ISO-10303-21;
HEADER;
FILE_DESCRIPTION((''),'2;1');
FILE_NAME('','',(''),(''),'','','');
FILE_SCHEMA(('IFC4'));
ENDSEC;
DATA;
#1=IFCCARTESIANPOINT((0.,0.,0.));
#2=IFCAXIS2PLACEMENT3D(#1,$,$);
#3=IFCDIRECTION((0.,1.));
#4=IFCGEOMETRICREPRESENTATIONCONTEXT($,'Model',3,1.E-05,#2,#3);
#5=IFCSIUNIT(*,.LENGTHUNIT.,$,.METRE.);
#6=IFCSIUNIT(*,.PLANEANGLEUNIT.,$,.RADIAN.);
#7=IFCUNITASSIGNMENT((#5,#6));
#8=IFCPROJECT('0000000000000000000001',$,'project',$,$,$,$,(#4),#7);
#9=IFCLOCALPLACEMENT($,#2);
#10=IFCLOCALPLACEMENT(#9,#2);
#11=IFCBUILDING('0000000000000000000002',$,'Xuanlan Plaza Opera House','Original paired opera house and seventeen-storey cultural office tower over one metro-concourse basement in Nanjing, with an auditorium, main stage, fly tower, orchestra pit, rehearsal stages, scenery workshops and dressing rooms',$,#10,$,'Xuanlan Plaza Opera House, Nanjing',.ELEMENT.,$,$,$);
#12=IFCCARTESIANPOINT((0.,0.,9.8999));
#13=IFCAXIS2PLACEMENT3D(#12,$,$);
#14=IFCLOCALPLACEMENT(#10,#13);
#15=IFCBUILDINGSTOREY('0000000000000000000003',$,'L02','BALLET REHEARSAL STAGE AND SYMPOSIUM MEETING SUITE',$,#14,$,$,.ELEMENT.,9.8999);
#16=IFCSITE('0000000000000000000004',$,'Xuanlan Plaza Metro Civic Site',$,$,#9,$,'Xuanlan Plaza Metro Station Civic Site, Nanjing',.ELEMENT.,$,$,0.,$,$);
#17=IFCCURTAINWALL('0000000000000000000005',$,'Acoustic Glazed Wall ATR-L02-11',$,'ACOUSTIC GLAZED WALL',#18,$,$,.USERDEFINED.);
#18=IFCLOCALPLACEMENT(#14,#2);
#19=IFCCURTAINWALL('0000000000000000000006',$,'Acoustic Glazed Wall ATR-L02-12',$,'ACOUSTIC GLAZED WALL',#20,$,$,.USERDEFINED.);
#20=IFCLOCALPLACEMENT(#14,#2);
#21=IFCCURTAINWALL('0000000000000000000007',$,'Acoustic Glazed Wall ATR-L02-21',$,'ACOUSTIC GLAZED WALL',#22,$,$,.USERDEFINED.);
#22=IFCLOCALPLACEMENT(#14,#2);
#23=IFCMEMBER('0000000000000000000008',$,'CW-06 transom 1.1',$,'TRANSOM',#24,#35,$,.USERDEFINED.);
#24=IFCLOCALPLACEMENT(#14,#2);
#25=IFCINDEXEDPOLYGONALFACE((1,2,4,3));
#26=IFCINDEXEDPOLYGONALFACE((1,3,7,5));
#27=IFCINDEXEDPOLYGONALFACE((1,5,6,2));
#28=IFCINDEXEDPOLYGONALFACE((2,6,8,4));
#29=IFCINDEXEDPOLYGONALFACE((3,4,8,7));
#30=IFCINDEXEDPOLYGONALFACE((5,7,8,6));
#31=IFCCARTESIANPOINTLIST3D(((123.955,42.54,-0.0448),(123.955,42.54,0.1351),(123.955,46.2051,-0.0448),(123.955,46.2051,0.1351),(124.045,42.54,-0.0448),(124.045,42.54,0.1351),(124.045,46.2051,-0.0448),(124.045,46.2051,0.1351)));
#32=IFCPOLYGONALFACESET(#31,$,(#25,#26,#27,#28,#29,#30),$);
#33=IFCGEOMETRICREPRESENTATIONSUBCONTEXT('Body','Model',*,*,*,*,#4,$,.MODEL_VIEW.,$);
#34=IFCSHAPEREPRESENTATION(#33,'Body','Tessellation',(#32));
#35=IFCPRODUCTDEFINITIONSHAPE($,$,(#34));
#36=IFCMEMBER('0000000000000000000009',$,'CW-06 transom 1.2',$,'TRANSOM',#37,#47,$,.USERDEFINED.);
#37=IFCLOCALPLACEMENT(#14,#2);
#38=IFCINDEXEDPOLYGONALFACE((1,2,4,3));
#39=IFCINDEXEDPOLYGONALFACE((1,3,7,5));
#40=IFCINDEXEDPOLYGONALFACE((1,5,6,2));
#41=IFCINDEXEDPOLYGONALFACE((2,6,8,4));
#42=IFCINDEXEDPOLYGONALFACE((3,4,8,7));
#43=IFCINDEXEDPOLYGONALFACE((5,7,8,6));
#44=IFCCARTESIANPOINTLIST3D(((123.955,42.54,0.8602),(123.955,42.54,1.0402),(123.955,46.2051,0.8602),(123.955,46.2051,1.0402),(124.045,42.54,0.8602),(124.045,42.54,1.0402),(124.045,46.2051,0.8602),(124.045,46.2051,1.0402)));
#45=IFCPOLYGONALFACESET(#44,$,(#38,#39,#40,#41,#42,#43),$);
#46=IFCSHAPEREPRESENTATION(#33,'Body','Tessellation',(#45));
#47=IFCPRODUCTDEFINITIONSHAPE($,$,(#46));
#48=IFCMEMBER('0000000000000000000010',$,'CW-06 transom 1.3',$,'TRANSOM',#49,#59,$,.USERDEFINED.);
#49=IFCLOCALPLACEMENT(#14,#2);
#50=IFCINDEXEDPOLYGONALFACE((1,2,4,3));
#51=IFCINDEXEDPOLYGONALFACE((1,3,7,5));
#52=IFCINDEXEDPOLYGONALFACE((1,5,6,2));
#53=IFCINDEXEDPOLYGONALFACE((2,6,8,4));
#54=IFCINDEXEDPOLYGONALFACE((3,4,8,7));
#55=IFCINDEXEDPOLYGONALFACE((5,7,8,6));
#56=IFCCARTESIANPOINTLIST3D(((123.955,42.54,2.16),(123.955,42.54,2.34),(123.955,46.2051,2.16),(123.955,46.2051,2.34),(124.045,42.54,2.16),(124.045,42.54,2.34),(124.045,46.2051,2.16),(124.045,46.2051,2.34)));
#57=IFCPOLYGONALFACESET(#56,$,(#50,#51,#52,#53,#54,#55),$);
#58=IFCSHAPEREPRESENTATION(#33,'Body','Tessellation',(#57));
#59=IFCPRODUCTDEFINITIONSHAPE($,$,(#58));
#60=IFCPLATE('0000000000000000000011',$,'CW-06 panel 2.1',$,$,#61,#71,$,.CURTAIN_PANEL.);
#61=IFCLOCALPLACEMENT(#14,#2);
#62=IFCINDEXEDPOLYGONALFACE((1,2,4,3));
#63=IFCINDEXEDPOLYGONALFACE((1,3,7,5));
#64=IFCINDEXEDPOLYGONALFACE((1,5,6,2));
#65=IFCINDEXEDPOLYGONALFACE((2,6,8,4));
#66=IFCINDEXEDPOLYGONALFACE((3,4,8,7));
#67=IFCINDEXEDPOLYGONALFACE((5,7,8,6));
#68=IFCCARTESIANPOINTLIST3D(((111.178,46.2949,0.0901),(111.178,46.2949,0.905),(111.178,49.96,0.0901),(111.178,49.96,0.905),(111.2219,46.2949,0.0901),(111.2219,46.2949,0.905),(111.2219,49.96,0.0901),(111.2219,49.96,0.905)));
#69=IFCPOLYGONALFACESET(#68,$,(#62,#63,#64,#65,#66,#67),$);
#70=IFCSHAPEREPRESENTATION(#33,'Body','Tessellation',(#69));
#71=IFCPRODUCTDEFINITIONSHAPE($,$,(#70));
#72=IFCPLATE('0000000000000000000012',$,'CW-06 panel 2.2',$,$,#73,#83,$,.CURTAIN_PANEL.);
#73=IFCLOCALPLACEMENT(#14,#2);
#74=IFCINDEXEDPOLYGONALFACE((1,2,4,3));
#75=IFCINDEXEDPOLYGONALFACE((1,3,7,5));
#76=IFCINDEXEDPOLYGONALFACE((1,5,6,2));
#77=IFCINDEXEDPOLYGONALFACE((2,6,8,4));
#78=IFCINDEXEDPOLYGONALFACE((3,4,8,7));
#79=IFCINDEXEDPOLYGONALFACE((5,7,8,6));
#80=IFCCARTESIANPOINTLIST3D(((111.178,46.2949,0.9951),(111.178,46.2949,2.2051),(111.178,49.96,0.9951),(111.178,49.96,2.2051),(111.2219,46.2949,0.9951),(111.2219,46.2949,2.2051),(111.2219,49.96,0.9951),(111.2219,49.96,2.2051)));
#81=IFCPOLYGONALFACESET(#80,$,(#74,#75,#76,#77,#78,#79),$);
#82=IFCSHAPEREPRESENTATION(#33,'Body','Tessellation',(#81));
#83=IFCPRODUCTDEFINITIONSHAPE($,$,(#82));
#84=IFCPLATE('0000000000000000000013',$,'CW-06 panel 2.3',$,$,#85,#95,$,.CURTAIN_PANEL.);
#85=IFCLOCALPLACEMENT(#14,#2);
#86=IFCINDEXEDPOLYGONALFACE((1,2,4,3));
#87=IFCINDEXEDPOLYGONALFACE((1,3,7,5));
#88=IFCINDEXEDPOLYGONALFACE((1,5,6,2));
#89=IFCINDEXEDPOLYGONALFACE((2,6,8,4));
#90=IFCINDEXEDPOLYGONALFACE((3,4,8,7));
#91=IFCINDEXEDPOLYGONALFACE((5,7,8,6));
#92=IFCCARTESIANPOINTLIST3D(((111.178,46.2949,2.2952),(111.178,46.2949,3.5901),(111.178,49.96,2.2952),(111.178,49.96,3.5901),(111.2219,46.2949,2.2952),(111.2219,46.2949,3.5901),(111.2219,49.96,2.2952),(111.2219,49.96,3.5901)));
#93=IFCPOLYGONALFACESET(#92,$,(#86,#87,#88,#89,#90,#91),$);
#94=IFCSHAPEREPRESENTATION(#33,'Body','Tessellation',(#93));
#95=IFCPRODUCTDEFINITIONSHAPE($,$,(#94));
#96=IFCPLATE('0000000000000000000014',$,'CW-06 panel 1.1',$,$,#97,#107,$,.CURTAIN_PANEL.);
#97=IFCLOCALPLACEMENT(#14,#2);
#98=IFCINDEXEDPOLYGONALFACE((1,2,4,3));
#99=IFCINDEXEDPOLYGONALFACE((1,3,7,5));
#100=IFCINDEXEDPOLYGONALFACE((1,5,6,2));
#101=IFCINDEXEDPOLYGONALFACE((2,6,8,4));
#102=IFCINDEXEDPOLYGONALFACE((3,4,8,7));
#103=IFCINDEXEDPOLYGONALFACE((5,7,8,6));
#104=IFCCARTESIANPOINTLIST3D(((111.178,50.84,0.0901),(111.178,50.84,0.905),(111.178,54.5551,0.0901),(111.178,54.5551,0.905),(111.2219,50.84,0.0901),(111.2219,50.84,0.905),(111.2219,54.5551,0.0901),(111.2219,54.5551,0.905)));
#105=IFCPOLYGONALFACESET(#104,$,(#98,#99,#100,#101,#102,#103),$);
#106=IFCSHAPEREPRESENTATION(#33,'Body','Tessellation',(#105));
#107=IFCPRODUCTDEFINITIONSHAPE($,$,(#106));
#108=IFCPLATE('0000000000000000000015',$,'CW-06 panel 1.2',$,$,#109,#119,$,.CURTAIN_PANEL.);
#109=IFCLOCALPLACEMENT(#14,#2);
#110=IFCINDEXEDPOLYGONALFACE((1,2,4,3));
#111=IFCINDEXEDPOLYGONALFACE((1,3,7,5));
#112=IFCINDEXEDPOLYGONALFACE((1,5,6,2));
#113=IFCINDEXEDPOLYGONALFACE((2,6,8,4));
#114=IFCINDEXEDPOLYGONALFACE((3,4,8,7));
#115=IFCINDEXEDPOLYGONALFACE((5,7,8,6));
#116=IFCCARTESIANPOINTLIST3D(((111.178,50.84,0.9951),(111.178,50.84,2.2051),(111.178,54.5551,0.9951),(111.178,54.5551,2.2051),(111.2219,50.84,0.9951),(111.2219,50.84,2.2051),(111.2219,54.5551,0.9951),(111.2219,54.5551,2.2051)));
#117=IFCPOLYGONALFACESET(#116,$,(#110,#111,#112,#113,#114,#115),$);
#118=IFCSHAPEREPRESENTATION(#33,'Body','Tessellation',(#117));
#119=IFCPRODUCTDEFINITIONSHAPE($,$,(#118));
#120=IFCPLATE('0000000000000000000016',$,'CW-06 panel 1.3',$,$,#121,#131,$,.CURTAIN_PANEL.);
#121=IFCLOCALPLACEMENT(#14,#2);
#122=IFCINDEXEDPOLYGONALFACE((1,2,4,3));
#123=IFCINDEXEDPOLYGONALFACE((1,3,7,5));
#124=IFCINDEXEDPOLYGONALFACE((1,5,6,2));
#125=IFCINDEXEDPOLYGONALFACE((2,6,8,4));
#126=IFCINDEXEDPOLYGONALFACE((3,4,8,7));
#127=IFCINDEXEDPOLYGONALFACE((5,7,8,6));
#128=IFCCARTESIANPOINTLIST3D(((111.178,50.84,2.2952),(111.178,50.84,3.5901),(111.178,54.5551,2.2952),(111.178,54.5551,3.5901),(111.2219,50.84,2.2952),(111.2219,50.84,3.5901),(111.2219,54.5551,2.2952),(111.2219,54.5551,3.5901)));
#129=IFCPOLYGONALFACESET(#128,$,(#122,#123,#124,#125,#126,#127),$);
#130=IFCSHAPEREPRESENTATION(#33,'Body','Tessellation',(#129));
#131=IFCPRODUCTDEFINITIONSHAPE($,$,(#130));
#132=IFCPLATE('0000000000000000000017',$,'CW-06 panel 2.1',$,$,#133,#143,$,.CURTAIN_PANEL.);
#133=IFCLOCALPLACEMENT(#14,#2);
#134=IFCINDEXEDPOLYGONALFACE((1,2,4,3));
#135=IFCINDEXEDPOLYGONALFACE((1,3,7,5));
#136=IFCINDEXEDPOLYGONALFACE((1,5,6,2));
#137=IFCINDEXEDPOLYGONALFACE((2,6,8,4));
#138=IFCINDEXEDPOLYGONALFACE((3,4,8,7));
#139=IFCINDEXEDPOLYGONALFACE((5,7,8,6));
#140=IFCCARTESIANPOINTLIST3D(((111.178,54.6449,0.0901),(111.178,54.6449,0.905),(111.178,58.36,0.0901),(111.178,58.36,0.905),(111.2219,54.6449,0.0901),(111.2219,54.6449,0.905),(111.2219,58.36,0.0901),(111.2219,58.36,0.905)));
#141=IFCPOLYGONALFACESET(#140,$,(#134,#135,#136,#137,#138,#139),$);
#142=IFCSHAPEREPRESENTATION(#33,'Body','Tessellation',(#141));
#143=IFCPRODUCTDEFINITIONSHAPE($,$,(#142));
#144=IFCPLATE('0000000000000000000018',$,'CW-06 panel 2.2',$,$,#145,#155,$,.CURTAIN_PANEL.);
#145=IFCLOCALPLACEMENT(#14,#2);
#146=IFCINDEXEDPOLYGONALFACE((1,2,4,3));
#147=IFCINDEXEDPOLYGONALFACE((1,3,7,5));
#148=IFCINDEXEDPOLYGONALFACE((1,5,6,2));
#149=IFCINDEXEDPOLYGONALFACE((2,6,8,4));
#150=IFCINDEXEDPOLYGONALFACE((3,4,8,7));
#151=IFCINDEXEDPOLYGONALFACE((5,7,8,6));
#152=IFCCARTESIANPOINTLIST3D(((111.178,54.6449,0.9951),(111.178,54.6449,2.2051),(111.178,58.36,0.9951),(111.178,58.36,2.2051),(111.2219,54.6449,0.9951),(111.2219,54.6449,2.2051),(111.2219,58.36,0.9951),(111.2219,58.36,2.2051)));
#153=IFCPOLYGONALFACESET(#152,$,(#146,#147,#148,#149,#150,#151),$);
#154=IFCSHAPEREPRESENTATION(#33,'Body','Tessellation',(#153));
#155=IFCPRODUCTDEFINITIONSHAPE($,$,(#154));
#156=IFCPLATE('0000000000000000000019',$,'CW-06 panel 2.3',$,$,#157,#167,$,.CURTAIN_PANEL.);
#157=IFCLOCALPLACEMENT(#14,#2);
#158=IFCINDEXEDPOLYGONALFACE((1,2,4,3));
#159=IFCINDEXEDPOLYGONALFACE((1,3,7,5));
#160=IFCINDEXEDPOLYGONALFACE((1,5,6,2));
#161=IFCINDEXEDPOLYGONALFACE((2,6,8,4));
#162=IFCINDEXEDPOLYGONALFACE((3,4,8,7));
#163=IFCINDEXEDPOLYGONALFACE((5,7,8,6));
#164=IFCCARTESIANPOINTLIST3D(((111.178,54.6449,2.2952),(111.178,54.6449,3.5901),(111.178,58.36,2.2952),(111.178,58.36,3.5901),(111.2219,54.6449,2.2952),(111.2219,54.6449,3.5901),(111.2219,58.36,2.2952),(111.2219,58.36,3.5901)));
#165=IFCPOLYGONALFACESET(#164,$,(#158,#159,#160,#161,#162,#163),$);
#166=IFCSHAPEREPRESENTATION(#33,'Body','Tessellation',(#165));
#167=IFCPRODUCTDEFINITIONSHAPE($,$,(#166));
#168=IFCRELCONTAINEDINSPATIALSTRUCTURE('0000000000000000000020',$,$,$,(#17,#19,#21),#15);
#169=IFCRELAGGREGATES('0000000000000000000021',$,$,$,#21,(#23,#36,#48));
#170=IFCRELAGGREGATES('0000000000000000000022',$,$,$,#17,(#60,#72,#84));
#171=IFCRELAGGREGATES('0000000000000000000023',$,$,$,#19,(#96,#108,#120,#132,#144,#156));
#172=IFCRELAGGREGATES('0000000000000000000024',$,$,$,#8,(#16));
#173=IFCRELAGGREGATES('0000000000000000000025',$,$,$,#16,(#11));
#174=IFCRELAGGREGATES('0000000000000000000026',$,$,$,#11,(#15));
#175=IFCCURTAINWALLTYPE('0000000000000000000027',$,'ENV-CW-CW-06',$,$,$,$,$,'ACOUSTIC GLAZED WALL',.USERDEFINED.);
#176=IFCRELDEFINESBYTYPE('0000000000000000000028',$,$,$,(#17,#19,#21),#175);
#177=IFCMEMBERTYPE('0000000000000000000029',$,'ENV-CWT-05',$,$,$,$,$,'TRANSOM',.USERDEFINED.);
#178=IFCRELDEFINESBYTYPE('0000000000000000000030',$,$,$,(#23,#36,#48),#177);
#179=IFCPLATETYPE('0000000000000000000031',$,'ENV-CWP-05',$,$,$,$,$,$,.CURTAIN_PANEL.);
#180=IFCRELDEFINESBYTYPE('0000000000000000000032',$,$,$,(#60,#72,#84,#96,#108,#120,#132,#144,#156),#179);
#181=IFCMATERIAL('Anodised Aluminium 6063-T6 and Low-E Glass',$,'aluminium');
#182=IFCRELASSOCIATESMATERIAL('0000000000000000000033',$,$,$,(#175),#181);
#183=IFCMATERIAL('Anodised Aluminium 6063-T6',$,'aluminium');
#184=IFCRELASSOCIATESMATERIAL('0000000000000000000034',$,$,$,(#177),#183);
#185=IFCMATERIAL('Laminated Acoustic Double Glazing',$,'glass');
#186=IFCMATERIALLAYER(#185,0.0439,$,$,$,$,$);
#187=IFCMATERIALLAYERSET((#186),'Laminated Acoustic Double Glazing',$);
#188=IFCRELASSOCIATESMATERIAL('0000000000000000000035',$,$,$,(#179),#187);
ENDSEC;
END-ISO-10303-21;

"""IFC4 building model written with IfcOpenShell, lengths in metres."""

from ifc_helpers import new_model, si_unit, direction, frame, origin, origin_2d, place, context, subcontext, project, spatial, rectangle, extrude, material, layer, layer_set, material_profile, profile_set, type_object, element, aggregate, save


model = new_model("IFC4")

# Units and contexts
model_context = context("Model", 3, precision=1e-05, world=origin(), true_north=direction((0.0, 1.0)))
body_context = subcontext(model_context, "Body", "Model", "MODEL_VIEW")
ifc_project = project(units=[si_unit("LENGTHUNIT", "METRE"), si_unit("PLANEANGLEUNIT", "RADIAN")], contexts=[model_context])

# Site, building, storey
site_placement = place(None, origin())
site = spatial("IfcSite", under=ifc_project, at=site_placement, Name="Xuanlan Plaza Metro Civic Site", LongName="Xuanlan Plaza Metro Station Civic Site, Nanjing", CompositionType="ELEMENT", RefElevation=0.0)
building_placement = place(site_placement, origin())
building = spatial("IfcBuilding", under=site, at=building_placement, Name="Xuanlan Plaza Opera House", Description="Original paired opera house and seventeen-storey cultural office tower over one metro-concourse basement in Nanjing, with an auditorium, main stage, fly tower, orchestra pit, rehearsal stages, scenery workshops and dressing rooms", LongName="Xuanlan Plaza Opera House, Nanjing", CompositionType="ELEMENT")
storey_placement = place(building_placement, frame((0.0, 0.0, 9.8999)))
storey = spatial("IfcBuildingStorey", under=building, at=storey_placement, Name="L02", Description="BALLET REHEARSAL STAGE AND SYMPOSIUM MEETING SUITE", CompositionType="ELEMENT", Elevation=9.8999)

# Curtain wall
ifc_material_1 = material(Name="Anodised Aluminium 6063-T6 and Low-E Glass", Category="aluminium")
curtain_wall_type = type_object("IfcCurtainWallType", Name="ENV-CW-CW-06", ElementType="ACOUSTIC GLAZED WALL", PredefinedType="USERDEFINED", material=ifc_material_1)
curtain_wall_1_placement = place(storey_placement, origin())
curtain_wall_1 = element("IfcCurtainWall", 1, at=curtain_wall_1_placement, inside=storey, type_object=curtain_wall_type, Name="Acoustic Glazed Wall ATR-L02-11", ObjectType="ACOUSTIC GLAZED WALL", PredefinedType="USERDEFINED")
ifc_material_2 = material(Name="Anodised Aluminium 6063-T6", Category="aluminium")

# Curtain wall
curtain_wall_2_placement = place(storey_placement, origin())
curtain_wall_2 = element("IfcCurtainWall", 2, at=curtain_wall_2_placement, inside=storey, type_object=curtain_wall_type, Name="Acoustic Glazed Wall ATR-L02-12", ObjectType="ACOUSTIC GLAZED WALL", PredefinedType="USERDEFINED")

# Curtain wall
curtain_wall_3_placement = place(storey_placement, origin())
curtain_wall_3 = element("IfcCurtainWall", 3, at=curtain_wall_3_placement, inside=storey, type_object=curtain_wall_type, Name="Acoustic Glazed Wall ATR-L02-21", ObjectType="ACOUSTIC GLAZED WALL", PredefinedType="USERDEFINED")

# Members
ifc_material_profile_1 = material_profile(ifc_material_2, rectangle(XDim=0.0901, YDim=0.1799, at=origin_2d()), Name="ALU-T 90x180")
ifc_profile_set_1 = profile_set([ifc_material_profile_1], Name="Anodised Aluminium 6063-T6")
member_type_1 = type_object("IfcMemberType", Name="ENV-CWT-05", ElementType="TRANSOM", PredefinedType="USERDEFINED", material=ifc_profile_set_1)
member_1_placement = place(storey_placement, frame((124.0, 42.54, 0.0452), z_axis=(0.0, 1.0, 0.0), x_axis=(-1.0, 0.0, 0.0)))
member_1 = element("IfcMember", 4, at=member_1_placement, type_object=member_type_1, Name="CW-06 transom 1.1", ObjectType="TRANSOM", PredefinedType="USERDEFINED", context=body_context, shape_type="SweptSolid", body=[
    extrude(rectangle(XDim=0.0901, YDim=0.1799, at=origin_2d()), origin(), (0.0, 0.0, 1.0), 3.665),
])
member_2_placement = place(storey_placement, frame((124.0, 42.54, 0.9502), z_axis=(0.0, 1.0, 0.0), x_axis=(-1.0, 0.0, 0.0)))
member_2 = element("IfcMember", 5, at=member_2_placement, type_object=member_type_1, Name="CW-06 transom 1.2", ObjectType="TRANSOM", PredefinedType="USERDEFINED", context=body_context, shape_type="SweptSolid", body=[
    extrude(rectangle(XDim=0.0901, YDim=0.1799, at=origin_2d()), origin(), (0.0, 0.0, 1.0), 3.665),
])
member_3_placement = place(storey_placement, frame((124.0, 42.54, 2.25), z_axis=(0.0, 1.0, 0.0), x_axis=(-1.0, 0.0, 0.0)))
member_3 = element("IfcMember", 6, at=member_3_placement, type_object=member_type_1, Name="CW-06 transom 1.3", ObjectType="TRANSOM", PredefinedType="USERDEFINED", context=body_context, shape_type="SweptSolid", body=[
    extrude(rectangle(XDim=0.0901, YDim=0.1799, at=origin_2d()), origin(), (0.0, 0.0, 1.0), 3.665),
])
aggregate(curtain_wall_3, [member_1, member_2, member_3])

# Plates
ifc_material_3 = material(Name="Laminated Acoustic Double Glazing", Category="glass")
ifc_layer = layer(ifc_material_3, 0.0439)
ifc_layer_set = layer_set([ifc_layer], Name="Laminated Acoustic Double Glazing")
plate_type = type_object("IfcPlateType", Name="ENV-CWP-05", PredefinedType="CURTAIN_PANEL", material=ifc_layer_set)
plate_1_placement = place(storey_placement, frame((111.2, 48.1274, 0.0901), z_axis=(0.0, 0.0, 1.0), x_axis=(0.0, 1.0, 0.0)))
plate_1 = element("IfcPlate", 7, at=plate_1_placement, type_object=plate_type, Name="CW-06 panel 2.1", PredefinedType="CURTAIN_PANEL", context=body_context, shape_type="SweptSolid", body=[
    extrude(rectangle(XDim=3.665, YDim=0.0439, at=origin_2d()), origin(), (0.0, 0.0, 1.0), 0.8149),
])
plate_2_placement = place(storey_placement, frame((111.2, 48.1274, 0.9951), z_axis=(0.0, 0.0, 1.0), x_axis=(0.0, 1.0, 0.0)))
plate_2 = element("IfcPlate", 8, at=plate_2_placement, type_object=plate_type, Name="CW-06 panel 2.2", PredefinedType="CURTAIN_PANEL", context=body_context, shape_type="SweptSolid", body=[
    extrude(rectangle(XDim=3.665, YDim=0.0439, at=origin_2d()), origin(), (0.0, 0.0, 1.0), 1.21),
])
plate_3_placement = place(storey_placement, frame((111.2, 48.1274, 2.2952), z_axis=(0.0, 0.0, 1.0), x_axis=(0.0, 1.0, 0.0)))
plate_3 = element("IfcPlate", 9, at=plate_3_placement, type_object=plate_type, Name="CW-06 panel 2.3", PredefinedType="CURTAIN_PANEL", context=body_context, shape_type="SweptSolid", body=[
    extrude(rectangle(XDim=3.665, YDim=0.0439, at=origin_2d()), origin(), (0.0, 0.0, 1.0), 1.2949),
])
aggregate(curtain_wall_1, [plate_1, plate_2, plate_3])
plate_4_placement = place(storey_placement, frame((111.2, 52.6975, 0.0901), z_axis=(0.0, 0.0, 1.0), x_axis=(0.0, 1.0, 0.0)))
plate_4 = element("IfcPlate", 10, at=plate_4_placement, type_object=plate_type, Name="CW-06 panel 1.1", PredefinedType="CURTAIN_PANEL", context=body_context, shape_type="SweptSolid", body=[
    extrude(rectangle(XDim=3.7151, YDim=0.0439, at=origin_2d()), origin(), (0.0, 0.0, 1.0), 0.8149),
])
plate_5_placement = place(storey_placement, frame((111.2, 52.6975, 0.9951), z_axis=(0.0, 0.0, 1.0), x_axis=(0.0, 1.0, 0.0)))
plate_5 = element("IfcPlate", 11, at=plate_5_placement, type_object=plate_type, Name="CW-06 panel 1.2", PredefinedType="CURTAIN_PANEL", context=body_context, shape_type="SweptSolid", body=[
    extrude(rectangle(XDim=3.7151, YDim=0.0439, at=origin_2d()), origin(), (0.0, 0.0, 1.0), 1.21),
])
plate_6_placement = place(storey_placement, frame((111.2, 52.6975, 2.2952), z_axis=(0.0, 0.0, 1.0), x_axis=(0.0, 1.0, 0.0)))
plate_6 = element("IfcPlate", 12, at=plate_6_placement, type_object=plate_type, Name="CW-06 panel 1.3", PredefinedType="CURTAIN_PANEL", context=body_context, shape_type="SweptSolid", body=[
    extrude(rectangle(XDim=3.7151, YDim=0.0439, at=origin_2d()), origin(), (0.0, 0.0, 1.0), 1.2949),
])
plate_7_placement = place(storey_placement, frame((111.2, 56.5024, 0.0901), z_axis=(0.0, 0.0, 1.0), x_axis=(0.0, 1.0, 0.0)))
plate_7 = element("IfcPlate", 13, at=plate_7_placement, type_object=plate_type, Name="CW-06 panel 2.1", PredefinedType="CURTAIN_PANEL", context=body_context, shape_type="SweptSolid", body=[
    extrude(rectangle(XDim=3.7151, YDim=0.0439, at=origin_2d()), origin(), (0.0, 0.0, 1.0), 0.8149),
])
plate_8_placement = place(storey_placement, frame((111.2, 56.5024, 0.9951), z_axis=(0.0, 0.0, 1.0), x_axis=(0.0, 1.0, 0.0)))
plate_8 = element("IfcPlate", 14, at=plate_8_placement, type_object=plate_type, Name="CW-06 panel 2.2", PredefinedType="CURTAIN_PANEL", context=body_context, shape_type="SweptSolid", body=[
    extrude(rectangle(XDim=3.7151, YDim=0.0439, at=origin_2d()), origin(), (0.0, 0.0, 1.0), 1.21),
])
plate_9_placement = place(storey_placement, frame((111.2, 56.5024, 2.2952), z_axis=(0.0, 0.0, 1.0), x_axis=(0.0, 1.0, 0.0)))
plate_9 = element("IfcPlate", 15, at=plate_9_placement, type_object=plate_type, Name="CW-06 panel 2.3", PredefinedType="CURTAIN_PANEL", context=body_context, shape_type="SweptSolid", body=[
    extrude(rectangle(XDim=3.7151, YDim=0.0439, at=origin_2d()), origin(), (0.0, 0.0, 1.0), 1.2949),
])
aggregate(curtain_wall_2, [plate_4, plate_5, plate_6, plate_7, plate_8, plate_9])

save(model, "model.ifc")
